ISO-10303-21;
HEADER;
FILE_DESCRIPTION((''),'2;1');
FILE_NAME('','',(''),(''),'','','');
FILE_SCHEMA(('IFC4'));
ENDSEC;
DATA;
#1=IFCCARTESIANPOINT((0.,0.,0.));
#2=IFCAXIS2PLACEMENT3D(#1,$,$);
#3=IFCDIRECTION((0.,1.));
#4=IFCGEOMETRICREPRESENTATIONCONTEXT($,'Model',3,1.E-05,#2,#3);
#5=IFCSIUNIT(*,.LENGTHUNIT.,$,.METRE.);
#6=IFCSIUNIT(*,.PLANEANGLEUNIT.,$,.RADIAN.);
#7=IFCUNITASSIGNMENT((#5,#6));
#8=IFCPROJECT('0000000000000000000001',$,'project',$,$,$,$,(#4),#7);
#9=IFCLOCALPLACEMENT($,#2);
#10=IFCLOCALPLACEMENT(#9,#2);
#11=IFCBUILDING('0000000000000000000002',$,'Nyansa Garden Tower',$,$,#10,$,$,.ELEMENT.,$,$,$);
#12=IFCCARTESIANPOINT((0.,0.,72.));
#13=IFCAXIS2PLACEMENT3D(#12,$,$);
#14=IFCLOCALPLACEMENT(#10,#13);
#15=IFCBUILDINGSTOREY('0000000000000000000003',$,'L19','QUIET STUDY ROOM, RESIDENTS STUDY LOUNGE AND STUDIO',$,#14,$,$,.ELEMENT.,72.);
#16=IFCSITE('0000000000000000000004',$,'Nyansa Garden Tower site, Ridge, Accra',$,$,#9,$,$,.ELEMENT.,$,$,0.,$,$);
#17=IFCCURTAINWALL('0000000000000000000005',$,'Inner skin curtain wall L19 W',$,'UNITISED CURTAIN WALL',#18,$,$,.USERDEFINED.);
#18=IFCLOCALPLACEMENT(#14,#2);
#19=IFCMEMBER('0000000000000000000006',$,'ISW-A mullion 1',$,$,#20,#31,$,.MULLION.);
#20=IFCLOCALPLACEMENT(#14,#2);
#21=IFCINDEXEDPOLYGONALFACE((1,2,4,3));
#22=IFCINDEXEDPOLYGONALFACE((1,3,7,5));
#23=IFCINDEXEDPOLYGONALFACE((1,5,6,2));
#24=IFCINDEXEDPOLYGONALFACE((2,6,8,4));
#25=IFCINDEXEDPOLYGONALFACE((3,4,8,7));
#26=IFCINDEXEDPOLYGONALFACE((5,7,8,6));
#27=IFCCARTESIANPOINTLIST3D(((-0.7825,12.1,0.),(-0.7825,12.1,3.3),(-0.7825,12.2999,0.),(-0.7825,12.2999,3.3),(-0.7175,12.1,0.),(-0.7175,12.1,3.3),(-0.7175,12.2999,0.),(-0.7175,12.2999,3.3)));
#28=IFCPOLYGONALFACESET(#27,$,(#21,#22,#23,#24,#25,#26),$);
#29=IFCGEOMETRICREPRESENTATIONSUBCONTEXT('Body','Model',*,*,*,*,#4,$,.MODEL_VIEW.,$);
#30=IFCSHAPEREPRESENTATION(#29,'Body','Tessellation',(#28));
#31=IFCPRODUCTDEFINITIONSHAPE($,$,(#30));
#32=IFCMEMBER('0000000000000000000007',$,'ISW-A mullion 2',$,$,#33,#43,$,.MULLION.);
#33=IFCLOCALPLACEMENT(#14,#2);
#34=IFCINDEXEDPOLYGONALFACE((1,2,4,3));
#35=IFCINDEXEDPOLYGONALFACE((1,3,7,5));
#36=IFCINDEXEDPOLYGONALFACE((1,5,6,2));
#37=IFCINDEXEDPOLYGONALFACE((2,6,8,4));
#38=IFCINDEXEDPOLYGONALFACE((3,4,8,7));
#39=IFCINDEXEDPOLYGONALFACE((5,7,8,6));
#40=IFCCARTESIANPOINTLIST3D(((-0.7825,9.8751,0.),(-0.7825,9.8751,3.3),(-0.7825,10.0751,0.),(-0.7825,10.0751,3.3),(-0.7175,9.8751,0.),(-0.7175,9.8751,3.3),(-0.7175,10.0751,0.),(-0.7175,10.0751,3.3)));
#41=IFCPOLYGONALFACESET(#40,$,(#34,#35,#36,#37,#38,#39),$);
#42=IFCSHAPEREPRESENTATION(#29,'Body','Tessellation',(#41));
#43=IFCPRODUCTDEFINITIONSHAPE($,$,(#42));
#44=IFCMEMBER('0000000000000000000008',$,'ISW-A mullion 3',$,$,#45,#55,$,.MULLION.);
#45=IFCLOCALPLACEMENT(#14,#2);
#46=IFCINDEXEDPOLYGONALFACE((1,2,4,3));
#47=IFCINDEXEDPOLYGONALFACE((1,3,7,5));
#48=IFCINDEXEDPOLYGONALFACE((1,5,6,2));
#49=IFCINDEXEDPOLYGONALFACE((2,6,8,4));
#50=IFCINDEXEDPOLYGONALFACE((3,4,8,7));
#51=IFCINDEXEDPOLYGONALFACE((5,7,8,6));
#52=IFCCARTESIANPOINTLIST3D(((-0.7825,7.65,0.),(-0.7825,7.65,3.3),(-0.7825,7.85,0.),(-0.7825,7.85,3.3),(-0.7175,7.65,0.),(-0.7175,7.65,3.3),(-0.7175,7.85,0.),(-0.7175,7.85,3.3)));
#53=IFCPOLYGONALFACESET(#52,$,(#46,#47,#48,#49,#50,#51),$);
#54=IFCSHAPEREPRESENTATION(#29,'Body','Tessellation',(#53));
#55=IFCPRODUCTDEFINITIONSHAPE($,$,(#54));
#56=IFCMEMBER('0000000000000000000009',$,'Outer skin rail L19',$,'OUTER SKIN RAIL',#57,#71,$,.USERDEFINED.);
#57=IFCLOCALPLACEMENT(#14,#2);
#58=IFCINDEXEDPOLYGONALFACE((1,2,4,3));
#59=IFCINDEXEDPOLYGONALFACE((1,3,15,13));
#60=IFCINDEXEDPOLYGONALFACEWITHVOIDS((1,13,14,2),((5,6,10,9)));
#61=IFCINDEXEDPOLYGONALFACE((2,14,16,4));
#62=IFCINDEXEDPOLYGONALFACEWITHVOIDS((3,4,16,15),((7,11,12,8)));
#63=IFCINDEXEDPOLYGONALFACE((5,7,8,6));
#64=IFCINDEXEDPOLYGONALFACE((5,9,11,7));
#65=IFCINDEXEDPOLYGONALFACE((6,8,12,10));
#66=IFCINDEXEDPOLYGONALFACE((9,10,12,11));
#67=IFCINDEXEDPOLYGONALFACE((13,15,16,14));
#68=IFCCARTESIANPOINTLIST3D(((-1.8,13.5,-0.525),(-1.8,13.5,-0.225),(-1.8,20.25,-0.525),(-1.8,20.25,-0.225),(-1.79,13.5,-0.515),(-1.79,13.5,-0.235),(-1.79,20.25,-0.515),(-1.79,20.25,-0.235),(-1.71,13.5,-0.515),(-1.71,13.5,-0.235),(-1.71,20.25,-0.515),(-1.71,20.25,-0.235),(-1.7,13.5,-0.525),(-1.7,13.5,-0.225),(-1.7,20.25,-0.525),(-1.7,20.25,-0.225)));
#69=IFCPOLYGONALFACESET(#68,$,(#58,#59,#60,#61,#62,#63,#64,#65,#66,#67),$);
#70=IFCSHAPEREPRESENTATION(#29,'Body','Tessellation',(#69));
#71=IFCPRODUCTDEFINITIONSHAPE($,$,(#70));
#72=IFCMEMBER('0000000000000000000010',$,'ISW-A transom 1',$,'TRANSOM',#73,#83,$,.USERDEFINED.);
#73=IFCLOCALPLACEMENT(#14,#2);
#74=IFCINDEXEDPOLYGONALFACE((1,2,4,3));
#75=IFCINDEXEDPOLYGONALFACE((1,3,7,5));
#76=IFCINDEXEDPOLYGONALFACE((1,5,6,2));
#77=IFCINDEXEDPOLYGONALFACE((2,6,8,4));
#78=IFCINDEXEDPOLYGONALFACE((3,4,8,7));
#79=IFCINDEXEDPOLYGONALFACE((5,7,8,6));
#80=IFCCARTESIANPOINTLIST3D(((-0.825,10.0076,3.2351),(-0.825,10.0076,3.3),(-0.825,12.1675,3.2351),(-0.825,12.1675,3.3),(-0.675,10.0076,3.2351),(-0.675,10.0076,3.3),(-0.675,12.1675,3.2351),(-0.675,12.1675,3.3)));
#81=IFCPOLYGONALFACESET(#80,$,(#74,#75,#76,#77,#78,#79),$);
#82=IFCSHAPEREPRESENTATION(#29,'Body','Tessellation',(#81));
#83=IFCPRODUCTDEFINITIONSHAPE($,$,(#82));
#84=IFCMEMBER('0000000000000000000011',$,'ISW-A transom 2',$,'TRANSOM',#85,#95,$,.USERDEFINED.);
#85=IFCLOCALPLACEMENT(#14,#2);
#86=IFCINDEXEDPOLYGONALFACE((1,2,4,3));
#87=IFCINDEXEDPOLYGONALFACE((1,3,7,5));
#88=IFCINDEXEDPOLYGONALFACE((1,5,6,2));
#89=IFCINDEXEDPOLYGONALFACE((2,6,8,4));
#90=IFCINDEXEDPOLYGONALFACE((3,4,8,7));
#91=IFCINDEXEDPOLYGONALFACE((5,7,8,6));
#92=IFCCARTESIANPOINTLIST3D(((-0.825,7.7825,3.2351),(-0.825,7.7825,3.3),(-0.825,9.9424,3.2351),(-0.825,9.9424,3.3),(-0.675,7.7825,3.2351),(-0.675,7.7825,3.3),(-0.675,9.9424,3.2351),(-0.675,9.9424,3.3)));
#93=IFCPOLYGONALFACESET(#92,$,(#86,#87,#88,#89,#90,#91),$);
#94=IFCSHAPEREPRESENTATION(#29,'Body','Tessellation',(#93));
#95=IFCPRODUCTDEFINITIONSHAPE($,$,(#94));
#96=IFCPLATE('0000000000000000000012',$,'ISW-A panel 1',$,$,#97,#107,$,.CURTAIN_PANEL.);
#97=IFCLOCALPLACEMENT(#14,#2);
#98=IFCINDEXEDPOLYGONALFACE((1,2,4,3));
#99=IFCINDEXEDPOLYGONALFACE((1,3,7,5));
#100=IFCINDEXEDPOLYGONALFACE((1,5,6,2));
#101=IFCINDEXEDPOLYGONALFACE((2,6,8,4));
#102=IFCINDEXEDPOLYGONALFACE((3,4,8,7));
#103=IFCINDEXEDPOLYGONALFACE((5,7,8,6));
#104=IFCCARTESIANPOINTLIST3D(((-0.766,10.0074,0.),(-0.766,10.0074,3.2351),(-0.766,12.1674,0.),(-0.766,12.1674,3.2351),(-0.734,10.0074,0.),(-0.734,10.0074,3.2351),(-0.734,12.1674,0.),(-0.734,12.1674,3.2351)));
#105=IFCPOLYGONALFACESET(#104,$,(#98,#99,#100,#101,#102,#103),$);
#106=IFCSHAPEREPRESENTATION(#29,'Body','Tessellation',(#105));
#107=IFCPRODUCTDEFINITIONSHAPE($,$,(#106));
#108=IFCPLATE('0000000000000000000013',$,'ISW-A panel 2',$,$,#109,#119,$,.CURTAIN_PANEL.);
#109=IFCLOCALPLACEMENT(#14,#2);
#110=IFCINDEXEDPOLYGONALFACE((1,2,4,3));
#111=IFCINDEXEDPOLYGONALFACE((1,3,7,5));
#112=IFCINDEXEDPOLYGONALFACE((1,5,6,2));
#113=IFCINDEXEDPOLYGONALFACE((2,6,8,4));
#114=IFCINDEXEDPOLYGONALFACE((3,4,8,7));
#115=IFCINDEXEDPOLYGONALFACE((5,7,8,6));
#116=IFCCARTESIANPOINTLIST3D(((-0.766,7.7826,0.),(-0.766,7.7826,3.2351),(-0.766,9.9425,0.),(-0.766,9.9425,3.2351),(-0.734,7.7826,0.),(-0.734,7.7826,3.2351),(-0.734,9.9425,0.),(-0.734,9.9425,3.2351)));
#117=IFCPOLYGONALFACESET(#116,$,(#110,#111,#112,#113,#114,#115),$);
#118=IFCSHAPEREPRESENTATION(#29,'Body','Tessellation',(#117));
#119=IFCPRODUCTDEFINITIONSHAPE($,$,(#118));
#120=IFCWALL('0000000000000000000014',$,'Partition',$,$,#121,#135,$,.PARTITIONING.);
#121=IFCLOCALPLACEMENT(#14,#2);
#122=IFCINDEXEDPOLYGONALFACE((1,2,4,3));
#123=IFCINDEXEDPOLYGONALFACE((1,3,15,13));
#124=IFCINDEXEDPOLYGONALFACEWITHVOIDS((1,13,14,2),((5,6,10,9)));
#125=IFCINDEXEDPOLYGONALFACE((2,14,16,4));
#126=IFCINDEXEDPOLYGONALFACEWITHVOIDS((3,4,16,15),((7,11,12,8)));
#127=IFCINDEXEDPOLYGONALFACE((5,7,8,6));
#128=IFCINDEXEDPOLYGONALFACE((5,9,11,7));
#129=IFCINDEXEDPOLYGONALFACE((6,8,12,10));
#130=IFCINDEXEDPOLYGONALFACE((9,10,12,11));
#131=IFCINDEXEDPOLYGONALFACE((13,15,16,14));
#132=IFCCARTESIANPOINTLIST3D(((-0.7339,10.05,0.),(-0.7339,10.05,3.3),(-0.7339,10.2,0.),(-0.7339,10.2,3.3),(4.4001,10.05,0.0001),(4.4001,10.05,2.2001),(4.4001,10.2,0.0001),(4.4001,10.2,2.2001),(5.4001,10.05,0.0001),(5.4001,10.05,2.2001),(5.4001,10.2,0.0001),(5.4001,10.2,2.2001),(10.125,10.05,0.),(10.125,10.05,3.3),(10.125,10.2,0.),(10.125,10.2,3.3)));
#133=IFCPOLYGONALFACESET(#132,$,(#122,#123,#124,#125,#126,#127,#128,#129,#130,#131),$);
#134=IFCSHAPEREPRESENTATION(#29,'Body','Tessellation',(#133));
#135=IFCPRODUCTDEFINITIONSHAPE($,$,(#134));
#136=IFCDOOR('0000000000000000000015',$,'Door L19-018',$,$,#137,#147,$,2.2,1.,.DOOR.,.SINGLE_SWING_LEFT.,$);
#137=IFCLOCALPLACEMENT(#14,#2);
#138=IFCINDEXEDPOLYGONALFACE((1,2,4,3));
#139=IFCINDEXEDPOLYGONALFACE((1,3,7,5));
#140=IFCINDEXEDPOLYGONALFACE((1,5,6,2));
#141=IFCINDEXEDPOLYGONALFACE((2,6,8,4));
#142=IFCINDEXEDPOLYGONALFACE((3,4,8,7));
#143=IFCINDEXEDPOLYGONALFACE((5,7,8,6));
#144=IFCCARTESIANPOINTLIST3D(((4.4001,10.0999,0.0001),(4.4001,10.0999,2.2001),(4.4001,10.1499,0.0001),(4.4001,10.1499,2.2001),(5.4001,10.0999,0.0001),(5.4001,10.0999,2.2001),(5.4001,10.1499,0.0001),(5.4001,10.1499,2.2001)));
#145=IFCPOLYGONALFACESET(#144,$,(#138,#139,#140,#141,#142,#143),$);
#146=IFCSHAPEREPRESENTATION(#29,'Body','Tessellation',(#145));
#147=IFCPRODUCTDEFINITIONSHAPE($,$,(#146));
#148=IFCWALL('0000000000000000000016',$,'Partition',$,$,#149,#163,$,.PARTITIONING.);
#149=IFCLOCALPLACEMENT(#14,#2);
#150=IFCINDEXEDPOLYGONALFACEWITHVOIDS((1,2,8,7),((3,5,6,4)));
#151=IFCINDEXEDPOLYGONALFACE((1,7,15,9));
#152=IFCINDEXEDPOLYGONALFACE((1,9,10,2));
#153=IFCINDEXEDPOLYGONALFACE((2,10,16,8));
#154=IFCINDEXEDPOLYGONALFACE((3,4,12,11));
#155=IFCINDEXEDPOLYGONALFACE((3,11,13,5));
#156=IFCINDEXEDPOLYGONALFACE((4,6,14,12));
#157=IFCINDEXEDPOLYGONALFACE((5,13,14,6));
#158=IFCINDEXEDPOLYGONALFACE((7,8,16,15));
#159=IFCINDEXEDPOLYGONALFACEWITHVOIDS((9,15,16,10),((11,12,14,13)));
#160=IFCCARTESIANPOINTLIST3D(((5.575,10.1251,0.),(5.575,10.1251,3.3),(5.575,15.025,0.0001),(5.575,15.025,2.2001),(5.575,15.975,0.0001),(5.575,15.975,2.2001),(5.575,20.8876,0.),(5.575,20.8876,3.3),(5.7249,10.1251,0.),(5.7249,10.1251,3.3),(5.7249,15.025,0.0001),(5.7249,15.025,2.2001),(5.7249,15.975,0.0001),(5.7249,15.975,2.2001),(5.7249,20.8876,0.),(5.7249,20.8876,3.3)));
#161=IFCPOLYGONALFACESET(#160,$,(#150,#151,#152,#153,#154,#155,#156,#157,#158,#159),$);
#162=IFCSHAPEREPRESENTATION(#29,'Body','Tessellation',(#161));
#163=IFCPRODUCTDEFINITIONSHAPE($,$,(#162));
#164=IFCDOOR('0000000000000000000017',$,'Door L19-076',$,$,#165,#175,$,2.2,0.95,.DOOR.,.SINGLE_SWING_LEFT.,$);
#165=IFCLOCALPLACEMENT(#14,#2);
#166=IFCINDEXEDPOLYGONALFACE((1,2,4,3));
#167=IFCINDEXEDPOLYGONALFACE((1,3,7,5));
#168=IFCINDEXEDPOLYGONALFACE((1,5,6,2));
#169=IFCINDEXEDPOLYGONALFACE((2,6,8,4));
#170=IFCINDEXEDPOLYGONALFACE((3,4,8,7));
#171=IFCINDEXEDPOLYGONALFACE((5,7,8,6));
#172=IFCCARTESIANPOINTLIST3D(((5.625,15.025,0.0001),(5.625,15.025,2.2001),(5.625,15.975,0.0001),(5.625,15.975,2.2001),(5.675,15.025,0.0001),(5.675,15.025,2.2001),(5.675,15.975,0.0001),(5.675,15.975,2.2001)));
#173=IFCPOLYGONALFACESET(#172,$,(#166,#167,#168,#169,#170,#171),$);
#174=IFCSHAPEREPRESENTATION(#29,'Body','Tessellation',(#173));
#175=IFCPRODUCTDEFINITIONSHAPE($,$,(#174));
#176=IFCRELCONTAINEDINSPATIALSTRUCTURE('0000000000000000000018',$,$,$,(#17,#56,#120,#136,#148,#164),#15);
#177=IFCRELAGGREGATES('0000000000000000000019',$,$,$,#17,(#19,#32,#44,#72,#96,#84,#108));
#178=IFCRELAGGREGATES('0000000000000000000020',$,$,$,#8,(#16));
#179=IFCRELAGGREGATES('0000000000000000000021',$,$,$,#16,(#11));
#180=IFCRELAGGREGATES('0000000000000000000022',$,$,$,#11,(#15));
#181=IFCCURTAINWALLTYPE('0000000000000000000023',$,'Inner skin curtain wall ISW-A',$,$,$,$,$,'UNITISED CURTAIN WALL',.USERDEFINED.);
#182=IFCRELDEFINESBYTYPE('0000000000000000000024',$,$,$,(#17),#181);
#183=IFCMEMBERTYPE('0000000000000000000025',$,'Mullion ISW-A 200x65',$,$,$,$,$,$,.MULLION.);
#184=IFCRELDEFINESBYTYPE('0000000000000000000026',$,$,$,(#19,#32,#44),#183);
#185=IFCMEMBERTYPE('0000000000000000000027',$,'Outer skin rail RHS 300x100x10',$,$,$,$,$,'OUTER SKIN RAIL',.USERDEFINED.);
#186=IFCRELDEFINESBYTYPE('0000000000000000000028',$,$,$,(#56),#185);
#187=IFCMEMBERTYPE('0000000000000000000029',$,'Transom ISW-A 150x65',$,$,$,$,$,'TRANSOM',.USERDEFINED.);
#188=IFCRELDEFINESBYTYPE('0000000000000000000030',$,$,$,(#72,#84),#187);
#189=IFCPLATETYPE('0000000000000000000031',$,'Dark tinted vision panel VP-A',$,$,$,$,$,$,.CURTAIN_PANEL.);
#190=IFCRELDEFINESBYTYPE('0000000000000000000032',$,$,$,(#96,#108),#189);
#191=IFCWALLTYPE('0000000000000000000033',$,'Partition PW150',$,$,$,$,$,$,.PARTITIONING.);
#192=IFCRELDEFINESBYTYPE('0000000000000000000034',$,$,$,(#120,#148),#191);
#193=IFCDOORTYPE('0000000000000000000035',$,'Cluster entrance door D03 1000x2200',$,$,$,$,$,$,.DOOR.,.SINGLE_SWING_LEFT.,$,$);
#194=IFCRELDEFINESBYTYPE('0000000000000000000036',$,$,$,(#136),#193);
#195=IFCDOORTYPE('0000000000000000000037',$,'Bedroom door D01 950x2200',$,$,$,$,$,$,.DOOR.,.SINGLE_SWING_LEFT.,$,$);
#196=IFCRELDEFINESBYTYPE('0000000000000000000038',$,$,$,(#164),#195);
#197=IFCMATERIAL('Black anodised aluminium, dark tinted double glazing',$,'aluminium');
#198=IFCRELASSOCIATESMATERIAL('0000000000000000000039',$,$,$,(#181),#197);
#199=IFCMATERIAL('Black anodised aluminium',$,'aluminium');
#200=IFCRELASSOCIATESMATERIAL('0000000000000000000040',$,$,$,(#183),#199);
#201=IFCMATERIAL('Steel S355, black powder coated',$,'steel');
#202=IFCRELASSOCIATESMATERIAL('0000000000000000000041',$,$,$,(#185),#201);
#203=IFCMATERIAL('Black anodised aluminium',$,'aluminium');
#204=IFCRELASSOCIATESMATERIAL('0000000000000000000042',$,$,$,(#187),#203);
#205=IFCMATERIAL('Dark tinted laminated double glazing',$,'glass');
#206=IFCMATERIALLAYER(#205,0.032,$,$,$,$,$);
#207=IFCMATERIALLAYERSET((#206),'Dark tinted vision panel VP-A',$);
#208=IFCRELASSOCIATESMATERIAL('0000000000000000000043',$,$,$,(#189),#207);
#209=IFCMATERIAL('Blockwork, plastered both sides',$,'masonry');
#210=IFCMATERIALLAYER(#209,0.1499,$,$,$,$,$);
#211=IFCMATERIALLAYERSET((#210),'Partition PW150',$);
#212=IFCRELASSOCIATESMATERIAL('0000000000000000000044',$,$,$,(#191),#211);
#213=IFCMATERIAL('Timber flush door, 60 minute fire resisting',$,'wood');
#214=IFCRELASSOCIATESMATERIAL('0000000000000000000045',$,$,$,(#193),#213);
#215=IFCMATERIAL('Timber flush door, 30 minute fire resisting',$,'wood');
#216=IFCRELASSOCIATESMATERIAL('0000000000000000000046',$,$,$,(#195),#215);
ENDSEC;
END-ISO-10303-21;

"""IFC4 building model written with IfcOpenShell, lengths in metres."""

from ifc_helpers import new_model, si_unit, direction, frame, frame_2d, origin, origin_2d, place, context, subcontext, project, spatial, rectangle, hollow_rectangle, extrude, material, layer, layer_set, material_profile, profile_set, type_object, element, fill, aggregate, save


model = new_model("IFC4")

# Units and contexts
model_context = context("Model", 3, precision=1e-05, world=origin(), true_north=direction((0.0, 1.0)))
body_context = subcontext(model_context, "Body", "Model", "MODEL_VIEW")
ifc_project = project(units=[si_unit("LENGTHUNIT", "METRE"), si_unit("PLANEANGLEUNIT", "RADIAN")], contexts=[model_context])

# Site, building, storey
site_placement = place(None, origin())
site = spatial("IfcSite", under=ifc_project, at=site_placement, Name="Nyansa Garden Tower site, Ridge, Accra", CompositionType="ELEMENT", RefElevation=0.0)
building_placement = place(site_placement, origin())
building = spatial("IfcBuilding", under=site, at=building_placement, Name="Nyansa Garden Tower", CompositionType="ELEMENT")
storey_placement = place(building_placement, frame((0.0, 0.0, 72.0)))
storey = spatial("IfcBuildingStorey", under=building, at=storey_placement, Name="L19", Description="QUIET STUDY ROOM, RESIDENTS STUDY LOUNGE AND STUDIO", CompositionType="ELEMENT", Elevation=72.0)

# Curtain wall, members
ifc_material_1 = material(Name="Black anodised aluminium, dark tinted double glazing", Category="aluminium")
curtain_wall_type = type_object("IfcCurtainWallType", Name="Inner skin curtain wall ISW-A", ElementType="UNITISED CURTAIN WALL", PredefinedType="USERDEFINED", material=ifc_material_1)
curtain_wall_placement = place(storey_placement, origin())
curtain_wall = element("IfcCurtainWall", 1, at=curtain_wall_placement, inside=storey, type_object=curtain_wall_type, Name="Inner skin curtain wall L19 W", ObjectType="UNITISED CURTAIN WALL", PredefinedType="USERDEFINED")
ifc_material_2 = material(Name="Black anodised aluminium", Category="aluminium")
ifc_material_profile_1 = material_profile(ifc_material_2, rectangle(XDim=0.0649, YDim=0.2, at=origin_2d()), Name="Mullion 200x65")
ifc_profile_set_1 = profile_set([ifc_material_profile_1], Name="Black anodised aluminium")
member_type_1 = type_object("IfcMemberType", Name="Mullion ISW-A 200x65", PredefinedType="MULLION", material=ifc_profile_set_1)
member_1_placement = place(storey_placement, frame((-0.75, 12.2, 0.0), z_axis=(0.0, 0.0, 1.0), x_axis=(1.0, 0.0, 0.0)))
member_1 = element("IfcMember", 2, at=member_1_placement, type_object=member_type_1, Name="ISW-A mullion 1", PredefinedType="MULLION", context=body_context, shape_type="SweptSolid", body=[
    extrude(rectangle(XDim=0.0649, YDim=0.2, at=origin_2d()), origin(), (0.0, 0.0, 1.0), 3.3),
])
member_2_placement = place(storey_placement, frame((-0.75, 9.9751, 0.0), z_axis=(0.0, 0.0, 1.0), x_axis=(1.0, 0.0, 0.0)))
member_2 = element("IfcMember", 3, at=member_2_placement, type_object=member_type_1, Name="ISW-A mullion 2", PredefinedType="MULLION", context=body_context, shape_type="SweptSolid", body=[
    extrude(rectangle(XDim=0.0649, YDim=0.2, at=origin_2d()), origin(), (0.0, 0.0, 1.0), 3.3),
])
member_3_placement = place(storey_placement, frame((-0.75, 7.75, 0.0), z_axis=(0.0, 0.0, 1.0), x_axis=(1.0, 0.0, 0.0)))
member_3 = element("IfcMember", 4, at=member_3_placement, type_object=member_type_1, Name="ISW-A mullion 3", PredefinedType="MULLION", context=body_context, shape_type="SweptSolid", body=[
    extrude(rectangle(XDim=0.0649, YDim=0.2, at=origin_2d()), origin(), (0.0, 0.0, 1.0), 3.3),
])

# Members
ifc_material_3 = material(Name="Steel S355, black powder coated", Category="steel")
ifc_material_profile_2 = material_profile(ifc_material_3, hollow_rectangle(XDim=0.1001, YDim=0.3, WallThickness=0.01, at=origin_2d()), Name="RHS 300x100x10")
ifc_profile_set_2 = profile_set([ifc_material_profile_2], Name="Steel S355, black powder coated")
member_type_2 = type_object("IfcMemberType", Name="Outer skin rail RHS 300x100x10", ElementType="OUTER SKIN RAIL", PredefinedType="USERDEFINED", material=ifc_profile_set_2)
member_4_placement = place(storey_placement, frame((-1.75, 13.5, -0.375), z_axis=(0.0, 1.0, 0.0), x_axis=(-1.0, 0.0, 0.0)))
element("IfcMember", 5, at=member_4_placement, inside=storey, type_object=member_type_2, Name="Outer skin rail L19", ObjectType="OUTER SKIN RAIL", PredefinedType="USERDEFINED", context=body_context, shape_type="SweptSolid", body=[
    extrude(hollow_rectangle(XDim=0.1001, YDim=0.3, WallThickness=0.01, at=origin_2d()), origin(), (0.0, 0.0, 1.0), 6.75),
])
ifc_material_4 = material(Name="Black anodised aluminium", Category="aluminium")
ifc_material_profile_3 = material_profile(ifc_material_4, rectangle(XDim=0.1499, YDim=0.0649, at=origin_2d()), Name="Transom 150x65")
ifc_profile_set_3 = profile_set([ifc_material_profile_3], Name="Black anodised aluminium")
member_type_3 = type_object("IfcMemberType", Name="Transom ISW-A 150x65", ElementType="TRANSOM", PredefinedType="USERDEFINED", material=ifc_profile_set_3)
member_5_placement = place(storey_placement, frame((-0.75, 12.1675, 3.2676), z_axis=(0.0, -1.0, 0.0), x_axis=(1.0, 0.0, 0.0)))
member_5 = element("IfcMember", 6, at=member_5_placement, type_object=member_type_3, Name="ISW-A transom 1", ObjectType="TRANSOM", PredefinedType="USERDEFINED", context=body_context, shape_type="SweptSolid", body=[
    extrude(rectangle(XDim=0.1499, YDim=0.0649, at=origin_2d()), origin(), (0.0, 0.0, 1.0), 2.1599),
])
member_6_placement = place(storey_placement, frame((-0.75, 9.9424, 3.2676), z_axis=(0.0, -1.0, 0.0), x_axis=(1.0, 0.0, 0.0)))
member_6 = element("IfcMember", 7, at=member_6_placement, type_object=member_type_3, Name="ISW-A transom 2", ObjectType="TRANSOM", PredefinedType="USERDEFINED", context=body_context, shape_type="SweptSolid", body=[
    extrude(rectangle(XDim=0.1499, YDim=0.0649, at=origin_2d()), origin(), (0.0, 0.0, 1.0), 2.1599),
])

# Plates
ifc_material_5 = material(Name="Dark tinted laminated double glazing", Category="glass")
ifc_layer_1 = layer(ifc_material_5, 0.032)
ifc_layer_set_1 = layer_set([ifc_layer_1], Name="Dark tinted vision panel VP-A")
plate_type = type_object("IfcPlateType", Name="Dark tinted vision panel VP-A", PredefinedType="CURTAIN_PANEL", material=ifc_layer_set_1)
plate_1_placement = place(storey_placement, frame((-0.75, 11.0874, 0.0), z_axis=(0.0, 0.0, 1.0), x_axis=(0.0, -1.0, 0.0)))
plate_1 = element("IfcPlate", 8, at=plate_1_placement, type_object=plate_type, Name="ISW-A panel 1", PredefinedType="CURTAIN_PANEL", context=body_context, shape_type="SweptSolid", body=[
    extrude(rectangle(XDim=2.1599, YDim=0.032, at=origin_2d()), origin(), (0.0, 0.0, 1.0), 3.2351),
])
plate_2_placement = place(storey_placement, frame((-0.75, 8.8625, 0.0), z_axis=(0.0, 0.0, 1.0), x_axis=(0.0, -1.0, 0.0)))
plate_2 = element("IfcPlate", 9, at=plate_2_placement, type_object=plate_type, Name="ISW-A panel 2", PredefinedType="CURTAIN_PANEL", context=body_context, shape_type="SweptSolid", body=[
    extrude(rectangle(XDim=2.1599, YDim=0.032, at=origin_2d()), origin(), (0.0, 0.0, 1.0), 3.2351),
])
aggregate(curtain_wall, [member_1, member_2, member_3, member_5, plate_1, member_6, plate_2])

# Walls, openings, doors
ifc_material_6 = material(Name="Blockwork, plastered both sides", Category="masonry")
ifc_layer_2 = layer(ifc_material_6, 0.1499)
ifc_layer_set_2 = layer_set([ifc_layer_2], Name="Partition PW150")
wall_type_1 = type_object("IfcWallType", Name="Partition PW150", PredefinedType="PARTITIONING", material=ifc_layer_set_2)
wall_1_placement = place(storey_placement, frame((-0.7339, 10.125, 0.0), z_axis=(0.0, 0.0, 1.0), x_axis=(1.0, 0.0, 0.0)))
wall_1 = element("IfcWall", 10, at=wall_1_placement, inside=storey, type_object=wall_type_1, Name="Partition", PredefinedType="PARTITIONING", context=body_context, shape_type="SweptSolid", body=[
    extrude(rectangle(XDim=10.8589, YDim=0.1499, at=frame_2d((5.4294, 0.0))), origin(), (0.0, 0.0, 1.0), 3.3),
])
opening_1_placement = place(wall_1_placement, frame((5.134, 0.0, 0.0)))
opening_1 = element("IfcOpeningElement", 11, at=opening_1_placement, cuts=wall_1, PredefinedType="OPENING", context=body_context, shape_type="SweptSolid", body=[
    extrude(rectangle(XDim=1.0, YDim=2.2, at=frame_2d((0.5, 1.1001))), frame((0.0, 0.085, 0.0), z_axis=(0.0, -1.0, 0.0), x_axis=(1.0, 0.0, 0.0)), (0.0, 0.0, 1.0), 0.1699),
])
ifc_material_7 = material(Name="Timber flush door, 60 minute fire resisting", Category="wood")
door_type_1 = type_object("IfcDoorType", Name="Cluster entrance door D03 1000x2200", OperationType="SINGLE_SWING_LEFT", PredefinedType="DOOR", material=ifc_material_7)
door_1_placement = place(opening_1_placement, origin())
door_1 = element("IfcDoor", 12, at=door_1_placement, inside=storey, type_object=door_type_1, Name="Door L19-018", OperationType="SINGLE_SWING_LEFT", OverallHeight=2.2, OverallWidth=1.0, PredefinedType="DOOR", context=body_context, shape_type="SweptSolid", body=[
    extrude(rectangle(XDim=1.0, YDim=2.2, at=frame_2d((0.5, 1.1001))), frame((0.0, 0.0249, 0.0), z_axis=(0.0, -1.0, 0.0), x_axis=(1.0, 0.0, 0.0)), (0.0, 0.0, 1.0), 0.05),
])
fill(opening_1, door_1)
wall_2_placement = place(storey_placement, frame((5.6499, 10.125, 0.0), z_axis=(0.0, 0.0, 1.0), x_axis=(0.0, 1.0, 0.0)))
wall_2 = element("IfcWall", 13, at=wall_2_placement, inside=storey, type_object=wall_type_1, Name="Partition", PredefinedType="PARTITIONING", context=body_context, shape_type="SweptSolid", body=[
    extrude(rectangle(XDim=10.7625, YDim=0.1499, at=frame_2d((5.3813, 0.0))), origin(), (0.0, 0.0, 1.0), 3.3),
])
opening_2_placement = place(wall_2_placement, frame((4.8999, 0.0, 0.0)))
opening_2 = element("IfcOpeningElement", 14, at=opening_2_placement, cuts=wall_2, PredefinedType="OPENING", context=body_context, shape_type="SweptSolid", body=[
    extrude(rectangle(XDim=0.95, YDim=2.2, at=frame_2d((0.4751, 1.1001))), frame((0.0, 0.085, 0.0), z_axis=(0.0, -1.0, 0.0), x_axis=(1.0, 0.0, 0.0)), (0.0, 0.0, 1.0), 0.1699),
])
ifc_material_8 = material(Name="Timber flush door, 30 minute fire resisting", Category="wood")
door_type_2 = type_object("IfcDoorType", Name="Bedroom door D01 950x2200", OperationType="SINGLE_SWING_LEFT", PredefinedType="DOOR", material=ifc_material_8)
door_2_placement = place(opening_2_placement, origin())
door_2 = element("IfcDoor", 15, at=door_2_placement, inside=storey, type_object=door_type_2, Name="Door L19-076", OperationType="SINGLE_SWING_LEFT", OverallHeight=2.2, OverallWidth=0.95, PredefinedType="DOOR", context=body_context, shape_type="SweptSolid", body=[
    extrude(rectangle(XDim=0.95, YDim=2.2, at=frame_2d((0.4751, 1.1001))), frame((0.0, 0.0249, 0.0), z_axis=(0.0, -1.0, 0.0), x_axis=(1.0, 0.0, 0.0)), (0.0, 0.0, 1.0), 0.05),
])
fill(opening_2, door_2)

save(model, "model.ifc")
